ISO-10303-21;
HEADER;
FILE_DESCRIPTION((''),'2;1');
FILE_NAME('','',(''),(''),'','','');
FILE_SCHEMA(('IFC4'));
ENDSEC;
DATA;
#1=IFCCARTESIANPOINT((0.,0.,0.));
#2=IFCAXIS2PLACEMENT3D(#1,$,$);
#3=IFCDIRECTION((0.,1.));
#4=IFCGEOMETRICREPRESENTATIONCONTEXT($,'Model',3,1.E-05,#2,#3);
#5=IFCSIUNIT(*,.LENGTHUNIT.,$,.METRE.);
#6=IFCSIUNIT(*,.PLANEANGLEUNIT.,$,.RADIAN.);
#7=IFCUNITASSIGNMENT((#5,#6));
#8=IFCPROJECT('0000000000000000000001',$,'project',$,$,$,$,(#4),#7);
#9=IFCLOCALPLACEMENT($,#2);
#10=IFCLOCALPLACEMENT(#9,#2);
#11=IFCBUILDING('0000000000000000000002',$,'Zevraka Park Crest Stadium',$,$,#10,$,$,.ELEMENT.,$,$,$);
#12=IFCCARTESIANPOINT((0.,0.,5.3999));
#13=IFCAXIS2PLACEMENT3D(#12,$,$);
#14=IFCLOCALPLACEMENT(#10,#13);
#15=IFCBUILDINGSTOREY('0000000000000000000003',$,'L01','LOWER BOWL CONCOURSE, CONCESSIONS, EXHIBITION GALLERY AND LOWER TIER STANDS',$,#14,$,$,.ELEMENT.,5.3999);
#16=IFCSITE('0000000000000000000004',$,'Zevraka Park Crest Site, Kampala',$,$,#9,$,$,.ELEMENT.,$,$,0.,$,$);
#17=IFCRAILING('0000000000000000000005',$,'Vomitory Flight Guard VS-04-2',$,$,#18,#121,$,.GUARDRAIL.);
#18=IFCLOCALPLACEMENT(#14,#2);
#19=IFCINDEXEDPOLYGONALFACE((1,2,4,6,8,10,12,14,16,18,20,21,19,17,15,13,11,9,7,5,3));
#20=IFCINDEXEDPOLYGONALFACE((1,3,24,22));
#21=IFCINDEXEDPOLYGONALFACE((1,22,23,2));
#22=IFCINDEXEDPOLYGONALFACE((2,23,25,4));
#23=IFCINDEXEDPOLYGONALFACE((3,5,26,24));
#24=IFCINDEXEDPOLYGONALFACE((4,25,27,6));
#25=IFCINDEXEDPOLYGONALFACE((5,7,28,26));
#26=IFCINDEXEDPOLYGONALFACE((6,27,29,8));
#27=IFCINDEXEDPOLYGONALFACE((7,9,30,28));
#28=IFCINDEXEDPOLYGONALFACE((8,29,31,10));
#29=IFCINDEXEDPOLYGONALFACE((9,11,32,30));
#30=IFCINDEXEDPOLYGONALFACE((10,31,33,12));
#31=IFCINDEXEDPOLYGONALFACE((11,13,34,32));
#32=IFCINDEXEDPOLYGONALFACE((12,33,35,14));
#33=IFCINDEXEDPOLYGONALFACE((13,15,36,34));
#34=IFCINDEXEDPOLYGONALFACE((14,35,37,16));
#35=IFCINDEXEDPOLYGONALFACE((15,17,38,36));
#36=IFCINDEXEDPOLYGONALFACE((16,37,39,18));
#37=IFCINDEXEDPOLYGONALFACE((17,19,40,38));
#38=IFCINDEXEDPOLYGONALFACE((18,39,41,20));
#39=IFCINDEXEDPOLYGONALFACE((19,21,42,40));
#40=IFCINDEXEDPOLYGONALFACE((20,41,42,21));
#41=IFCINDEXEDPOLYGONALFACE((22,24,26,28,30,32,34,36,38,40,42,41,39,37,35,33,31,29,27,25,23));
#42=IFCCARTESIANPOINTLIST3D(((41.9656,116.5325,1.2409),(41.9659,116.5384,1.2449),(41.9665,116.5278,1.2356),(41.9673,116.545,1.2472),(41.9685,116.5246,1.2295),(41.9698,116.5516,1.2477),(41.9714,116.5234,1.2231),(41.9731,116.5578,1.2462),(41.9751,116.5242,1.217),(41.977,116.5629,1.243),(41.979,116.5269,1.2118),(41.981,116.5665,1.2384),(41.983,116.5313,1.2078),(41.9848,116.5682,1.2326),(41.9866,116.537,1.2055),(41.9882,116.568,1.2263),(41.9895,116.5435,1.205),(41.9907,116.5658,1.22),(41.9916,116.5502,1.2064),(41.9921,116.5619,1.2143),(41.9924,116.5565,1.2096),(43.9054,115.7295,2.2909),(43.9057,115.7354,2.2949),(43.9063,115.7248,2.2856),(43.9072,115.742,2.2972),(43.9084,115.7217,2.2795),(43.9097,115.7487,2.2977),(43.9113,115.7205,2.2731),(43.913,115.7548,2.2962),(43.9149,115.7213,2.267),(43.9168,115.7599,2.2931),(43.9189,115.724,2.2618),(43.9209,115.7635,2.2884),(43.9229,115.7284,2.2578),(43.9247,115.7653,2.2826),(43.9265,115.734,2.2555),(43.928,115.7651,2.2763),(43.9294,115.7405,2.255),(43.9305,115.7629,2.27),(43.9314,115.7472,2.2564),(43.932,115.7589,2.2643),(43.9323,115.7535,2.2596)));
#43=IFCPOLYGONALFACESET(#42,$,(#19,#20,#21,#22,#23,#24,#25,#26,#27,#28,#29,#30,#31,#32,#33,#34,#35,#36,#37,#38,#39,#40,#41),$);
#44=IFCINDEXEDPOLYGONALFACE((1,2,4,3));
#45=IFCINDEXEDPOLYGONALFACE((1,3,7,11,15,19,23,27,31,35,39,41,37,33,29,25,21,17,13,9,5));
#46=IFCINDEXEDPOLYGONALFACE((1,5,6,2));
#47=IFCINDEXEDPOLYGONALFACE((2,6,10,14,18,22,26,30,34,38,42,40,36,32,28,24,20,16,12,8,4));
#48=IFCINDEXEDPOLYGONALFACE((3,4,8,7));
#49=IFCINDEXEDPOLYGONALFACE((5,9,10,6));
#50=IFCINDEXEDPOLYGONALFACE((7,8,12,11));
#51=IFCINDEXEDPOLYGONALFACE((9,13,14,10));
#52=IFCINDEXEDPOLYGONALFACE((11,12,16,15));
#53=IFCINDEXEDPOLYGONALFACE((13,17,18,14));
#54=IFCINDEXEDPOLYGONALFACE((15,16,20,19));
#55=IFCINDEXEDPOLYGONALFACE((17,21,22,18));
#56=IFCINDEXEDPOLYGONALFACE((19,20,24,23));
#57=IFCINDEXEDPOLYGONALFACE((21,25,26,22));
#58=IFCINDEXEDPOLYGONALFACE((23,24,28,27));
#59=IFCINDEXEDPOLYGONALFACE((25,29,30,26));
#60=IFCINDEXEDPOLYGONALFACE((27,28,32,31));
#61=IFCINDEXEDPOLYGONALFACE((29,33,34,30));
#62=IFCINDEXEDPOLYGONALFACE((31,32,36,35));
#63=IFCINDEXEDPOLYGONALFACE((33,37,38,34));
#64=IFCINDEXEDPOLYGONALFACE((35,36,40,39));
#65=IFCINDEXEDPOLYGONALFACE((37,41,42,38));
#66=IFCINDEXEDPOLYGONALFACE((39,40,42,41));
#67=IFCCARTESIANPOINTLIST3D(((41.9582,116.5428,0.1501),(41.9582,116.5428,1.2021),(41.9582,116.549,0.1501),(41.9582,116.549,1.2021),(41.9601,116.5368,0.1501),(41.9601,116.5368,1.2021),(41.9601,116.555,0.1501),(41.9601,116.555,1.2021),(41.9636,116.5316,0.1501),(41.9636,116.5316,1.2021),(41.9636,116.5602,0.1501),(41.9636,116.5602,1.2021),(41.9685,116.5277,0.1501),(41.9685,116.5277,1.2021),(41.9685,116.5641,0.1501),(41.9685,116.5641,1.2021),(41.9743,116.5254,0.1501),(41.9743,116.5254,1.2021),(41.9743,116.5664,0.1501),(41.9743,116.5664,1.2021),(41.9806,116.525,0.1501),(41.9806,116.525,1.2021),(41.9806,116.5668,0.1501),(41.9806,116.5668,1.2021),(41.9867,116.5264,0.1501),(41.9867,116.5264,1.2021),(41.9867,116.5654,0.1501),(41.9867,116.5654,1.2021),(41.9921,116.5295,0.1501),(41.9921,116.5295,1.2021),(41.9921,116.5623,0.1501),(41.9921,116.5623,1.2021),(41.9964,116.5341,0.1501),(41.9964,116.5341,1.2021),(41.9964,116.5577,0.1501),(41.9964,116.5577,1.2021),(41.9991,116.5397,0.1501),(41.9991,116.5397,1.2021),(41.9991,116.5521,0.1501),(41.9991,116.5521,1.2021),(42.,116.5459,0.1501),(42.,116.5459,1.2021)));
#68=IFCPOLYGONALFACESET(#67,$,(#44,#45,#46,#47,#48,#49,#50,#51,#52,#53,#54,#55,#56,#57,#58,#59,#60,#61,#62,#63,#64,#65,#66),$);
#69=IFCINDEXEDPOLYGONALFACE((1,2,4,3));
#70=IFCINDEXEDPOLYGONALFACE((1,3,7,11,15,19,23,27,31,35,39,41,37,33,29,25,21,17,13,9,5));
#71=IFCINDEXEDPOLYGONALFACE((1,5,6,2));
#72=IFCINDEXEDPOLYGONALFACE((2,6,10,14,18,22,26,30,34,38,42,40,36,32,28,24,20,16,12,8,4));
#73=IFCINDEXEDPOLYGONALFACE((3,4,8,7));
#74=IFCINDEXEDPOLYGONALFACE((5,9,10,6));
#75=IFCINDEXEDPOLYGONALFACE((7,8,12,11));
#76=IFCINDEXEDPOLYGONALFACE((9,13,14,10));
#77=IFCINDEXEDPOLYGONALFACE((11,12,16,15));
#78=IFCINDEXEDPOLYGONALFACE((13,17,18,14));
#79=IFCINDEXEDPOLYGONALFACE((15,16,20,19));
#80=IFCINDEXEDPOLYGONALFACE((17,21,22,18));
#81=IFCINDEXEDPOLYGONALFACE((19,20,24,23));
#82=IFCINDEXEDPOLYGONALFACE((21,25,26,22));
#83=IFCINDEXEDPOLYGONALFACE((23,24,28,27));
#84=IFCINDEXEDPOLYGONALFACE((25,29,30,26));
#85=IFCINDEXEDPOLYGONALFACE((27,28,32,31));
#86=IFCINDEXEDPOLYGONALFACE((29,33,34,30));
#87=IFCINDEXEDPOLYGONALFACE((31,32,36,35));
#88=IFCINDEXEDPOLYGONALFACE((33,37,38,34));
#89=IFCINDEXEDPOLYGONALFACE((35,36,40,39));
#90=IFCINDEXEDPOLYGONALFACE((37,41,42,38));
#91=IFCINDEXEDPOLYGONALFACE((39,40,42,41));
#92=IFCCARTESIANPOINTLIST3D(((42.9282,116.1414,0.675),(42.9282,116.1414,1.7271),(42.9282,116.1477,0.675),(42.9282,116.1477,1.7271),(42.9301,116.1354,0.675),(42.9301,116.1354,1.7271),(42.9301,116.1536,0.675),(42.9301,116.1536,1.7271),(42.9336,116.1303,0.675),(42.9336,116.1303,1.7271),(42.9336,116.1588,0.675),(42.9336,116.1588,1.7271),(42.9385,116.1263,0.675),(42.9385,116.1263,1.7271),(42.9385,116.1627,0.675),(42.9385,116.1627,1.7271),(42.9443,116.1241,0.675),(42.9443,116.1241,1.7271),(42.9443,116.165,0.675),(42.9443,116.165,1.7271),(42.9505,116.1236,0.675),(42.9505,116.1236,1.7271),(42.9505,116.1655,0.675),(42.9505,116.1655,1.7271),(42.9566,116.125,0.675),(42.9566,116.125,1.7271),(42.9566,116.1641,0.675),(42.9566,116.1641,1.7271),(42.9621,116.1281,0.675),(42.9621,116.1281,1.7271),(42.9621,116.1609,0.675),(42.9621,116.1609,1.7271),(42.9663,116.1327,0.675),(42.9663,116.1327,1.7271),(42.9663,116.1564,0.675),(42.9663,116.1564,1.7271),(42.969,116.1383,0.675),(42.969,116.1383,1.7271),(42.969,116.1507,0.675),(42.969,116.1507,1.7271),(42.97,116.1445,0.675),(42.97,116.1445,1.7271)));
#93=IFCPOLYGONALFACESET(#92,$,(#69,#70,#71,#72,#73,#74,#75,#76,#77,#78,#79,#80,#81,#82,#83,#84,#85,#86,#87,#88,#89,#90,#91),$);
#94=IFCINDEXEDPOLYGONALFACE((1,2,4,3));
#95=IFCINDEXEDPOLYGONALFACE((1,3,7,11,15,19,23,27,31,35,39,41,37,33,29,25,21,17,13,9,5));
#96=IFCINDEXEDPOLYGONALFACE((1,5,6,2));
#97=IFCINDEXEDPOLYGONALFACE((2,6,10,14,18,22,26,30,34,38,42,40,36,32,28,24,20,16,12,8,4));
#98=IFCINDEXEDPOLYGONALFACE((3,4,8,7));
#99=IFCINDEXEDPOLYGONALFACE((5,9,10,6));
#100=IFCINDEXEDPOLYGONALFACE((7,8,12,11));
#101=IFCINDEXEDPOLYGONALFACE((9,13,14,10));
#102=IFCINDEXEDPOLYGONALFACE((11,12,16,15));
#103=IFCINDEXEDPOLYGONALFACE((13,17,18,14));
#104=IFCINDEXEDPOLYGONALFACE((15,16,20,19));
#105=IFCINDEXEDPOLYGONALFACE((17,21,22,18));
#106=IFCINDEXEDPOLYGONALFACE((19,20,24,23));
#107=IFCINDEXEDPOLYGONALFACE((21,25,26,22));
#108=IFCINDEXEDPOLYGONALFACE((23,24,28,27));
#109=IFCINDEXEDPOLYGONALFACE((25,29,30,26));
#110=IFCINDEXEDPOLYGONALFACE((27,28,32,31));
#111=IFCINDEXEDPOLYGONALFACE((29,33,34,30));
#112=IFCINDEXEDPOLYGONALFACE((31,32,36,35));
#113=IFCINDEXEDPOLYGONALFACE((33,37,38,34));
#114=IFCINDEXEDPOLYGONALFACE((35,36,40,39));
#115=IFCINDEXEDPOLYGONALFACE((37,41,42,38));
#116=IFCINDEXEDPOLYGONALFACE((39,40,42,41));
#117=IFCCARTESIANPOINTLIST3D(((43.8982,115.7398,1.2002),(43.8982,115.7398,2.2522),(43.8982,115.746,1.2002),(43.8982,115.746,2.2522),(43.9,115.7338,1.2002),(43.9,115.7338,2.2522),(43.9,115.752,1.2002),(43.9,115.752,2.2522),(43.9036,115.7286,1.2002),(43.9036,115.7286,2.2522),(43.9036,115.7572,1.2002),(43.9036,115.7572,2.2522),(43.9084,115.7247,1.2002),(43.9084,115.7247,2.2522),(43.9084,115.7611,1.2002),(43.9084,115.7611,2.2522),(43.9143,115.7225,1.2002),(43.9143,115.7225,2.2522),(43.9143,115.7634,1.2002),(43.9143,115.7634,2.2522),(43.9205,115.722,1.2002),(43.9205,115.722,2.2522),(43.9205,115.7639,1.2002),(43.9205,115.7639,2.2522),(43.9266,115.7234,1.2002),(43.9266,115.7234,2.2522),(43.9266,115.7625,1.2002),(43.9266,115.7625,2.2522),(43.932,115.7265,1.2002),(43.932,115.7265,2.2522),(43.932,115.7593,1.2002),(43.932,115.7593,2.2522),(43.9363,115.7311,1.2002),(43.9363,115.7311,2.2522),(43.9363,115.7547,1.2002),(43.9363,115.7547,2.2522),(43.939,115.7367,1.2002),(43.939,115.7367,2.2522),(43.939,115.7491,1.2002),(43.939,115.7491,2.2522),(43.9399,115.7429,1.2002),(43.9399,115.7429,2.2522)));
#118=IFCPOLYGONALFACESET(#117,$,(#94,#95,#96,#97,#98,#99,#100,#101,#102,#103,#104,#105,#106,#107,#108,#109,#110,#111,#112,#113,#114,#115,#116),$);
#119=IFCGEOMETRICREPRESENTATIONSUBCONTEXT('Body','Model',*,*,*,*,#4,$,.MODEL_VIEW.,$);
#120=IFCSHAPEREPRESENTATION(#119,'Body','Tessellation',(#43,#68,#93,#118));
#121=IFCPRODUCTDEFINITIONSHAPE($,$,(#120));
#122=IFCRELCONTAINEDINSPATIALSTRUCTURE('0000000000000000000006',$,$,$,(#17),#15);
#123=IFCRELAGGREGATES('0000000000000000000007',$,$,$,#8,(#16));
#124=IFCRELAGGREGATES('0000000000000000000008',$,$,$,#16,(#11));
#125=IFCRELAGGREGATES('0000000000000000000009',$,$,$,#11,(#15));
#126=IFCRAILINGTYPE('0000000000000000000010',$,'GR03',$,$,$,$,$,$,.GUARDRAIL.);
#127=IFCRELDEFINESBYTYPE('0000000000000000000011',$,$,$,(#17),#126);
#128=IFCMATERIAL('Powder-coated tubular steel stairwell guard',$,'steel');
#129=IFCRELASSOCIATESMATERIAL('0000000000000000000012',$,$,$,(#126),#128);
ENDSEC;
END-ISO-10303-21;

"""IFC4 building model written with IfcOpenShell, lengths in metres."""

from ifc_helpers import new_model, si_unit, direction, frame, origin, origin_2d, place, context, subcontext, project, spatial, circle, extrude, material, type_object, element, save


model = new_model("IFC4")

# Units and contexts
model_context = context("Model", 3, precision=1e-05, world=origin(), true_north=direction((0.0, 1.0)))
body_context = subcontext(model_context, "Body", "Model", "MODEL_VIEW")
ifc_project = project(units=[si_unit("LENGTHUNIT", "METRE"), si_unit("PLANEANGLEUNIT", "RADIAN")], contexts=[model_context])

# Site, building, storey
site_placement = place(None, origin())
site = spatial("IfcSite", under=ifc_project, at=site_placement, Name="Zevraka Park Crest Site, Kampala", CompositionType="ELEMENT", RefElevation=0.0)
building_placement = place(site_placement, origin())
building = spatial("IfcBuilding", under=site, at=building_placement, Name="Zevraka Park Crest Stadium", CompositionType="ELEMENT")
storey_placement = place(building_placement, frame((0.0, 0.0, 5.3999)))
storey = spatial("IfcBuildingStorey", under=building, at=storey_placement, Name="L01", Description="LOWER BOWL CONCOURSE, CONCESSIONS, EXHIBITION GALLERY AND LOWER TIER STANDS", CompositionType="ELEMENT", Elevation=5.3999)

# Railing
ifc_material_1 = material(Name="Powder-coated tubular steel stairwell guard", Category="steel")
railing_type_1 = type_object("IfcRailingType", Name="GR03", PredefinedType="GUARDRAIL", material=ifc_material_1)
railing_1_placement = place(storey_placement, frame((41.979, 116.5459, 0.1501)))
element("IfcRailing", 1, at=railing_1_placement, inside=storey, type_object=railing_type_1, Name="Vomitory Flight Guard VS-04-2", PredefinedType="GUARDRAIL", context=body_context, shape_type="SweptSolid", body=[
    extrude(circle(Radius=0.0239, at=origin_2d()), frame((0.0, 0.0, 1.0762), z_axis=(0.826387, -0.342057, 0.447305), x_axis=(0.382451, 0.923976, 0.0)), (0.0, 0.0, 1.0), 2.3474),
    extrude(circle(Radius=0.021, at=origin_2d()), origin(), (0.0, 0.0, 1.0), 1.052),
    extrude(circle(Radius=0.021, at=origin_2d()), frame((0.97, -0.4014, 0.5249)), (0.0, 0.0, 1.0), 1.052),
    extrude(circle(Radius=0.021, at=origin_2d()), frame((1.9399, -0.803, 1.05)), (0.0, 0.0, 1.0), 1.052),
])

save(model, "model.ifc")
